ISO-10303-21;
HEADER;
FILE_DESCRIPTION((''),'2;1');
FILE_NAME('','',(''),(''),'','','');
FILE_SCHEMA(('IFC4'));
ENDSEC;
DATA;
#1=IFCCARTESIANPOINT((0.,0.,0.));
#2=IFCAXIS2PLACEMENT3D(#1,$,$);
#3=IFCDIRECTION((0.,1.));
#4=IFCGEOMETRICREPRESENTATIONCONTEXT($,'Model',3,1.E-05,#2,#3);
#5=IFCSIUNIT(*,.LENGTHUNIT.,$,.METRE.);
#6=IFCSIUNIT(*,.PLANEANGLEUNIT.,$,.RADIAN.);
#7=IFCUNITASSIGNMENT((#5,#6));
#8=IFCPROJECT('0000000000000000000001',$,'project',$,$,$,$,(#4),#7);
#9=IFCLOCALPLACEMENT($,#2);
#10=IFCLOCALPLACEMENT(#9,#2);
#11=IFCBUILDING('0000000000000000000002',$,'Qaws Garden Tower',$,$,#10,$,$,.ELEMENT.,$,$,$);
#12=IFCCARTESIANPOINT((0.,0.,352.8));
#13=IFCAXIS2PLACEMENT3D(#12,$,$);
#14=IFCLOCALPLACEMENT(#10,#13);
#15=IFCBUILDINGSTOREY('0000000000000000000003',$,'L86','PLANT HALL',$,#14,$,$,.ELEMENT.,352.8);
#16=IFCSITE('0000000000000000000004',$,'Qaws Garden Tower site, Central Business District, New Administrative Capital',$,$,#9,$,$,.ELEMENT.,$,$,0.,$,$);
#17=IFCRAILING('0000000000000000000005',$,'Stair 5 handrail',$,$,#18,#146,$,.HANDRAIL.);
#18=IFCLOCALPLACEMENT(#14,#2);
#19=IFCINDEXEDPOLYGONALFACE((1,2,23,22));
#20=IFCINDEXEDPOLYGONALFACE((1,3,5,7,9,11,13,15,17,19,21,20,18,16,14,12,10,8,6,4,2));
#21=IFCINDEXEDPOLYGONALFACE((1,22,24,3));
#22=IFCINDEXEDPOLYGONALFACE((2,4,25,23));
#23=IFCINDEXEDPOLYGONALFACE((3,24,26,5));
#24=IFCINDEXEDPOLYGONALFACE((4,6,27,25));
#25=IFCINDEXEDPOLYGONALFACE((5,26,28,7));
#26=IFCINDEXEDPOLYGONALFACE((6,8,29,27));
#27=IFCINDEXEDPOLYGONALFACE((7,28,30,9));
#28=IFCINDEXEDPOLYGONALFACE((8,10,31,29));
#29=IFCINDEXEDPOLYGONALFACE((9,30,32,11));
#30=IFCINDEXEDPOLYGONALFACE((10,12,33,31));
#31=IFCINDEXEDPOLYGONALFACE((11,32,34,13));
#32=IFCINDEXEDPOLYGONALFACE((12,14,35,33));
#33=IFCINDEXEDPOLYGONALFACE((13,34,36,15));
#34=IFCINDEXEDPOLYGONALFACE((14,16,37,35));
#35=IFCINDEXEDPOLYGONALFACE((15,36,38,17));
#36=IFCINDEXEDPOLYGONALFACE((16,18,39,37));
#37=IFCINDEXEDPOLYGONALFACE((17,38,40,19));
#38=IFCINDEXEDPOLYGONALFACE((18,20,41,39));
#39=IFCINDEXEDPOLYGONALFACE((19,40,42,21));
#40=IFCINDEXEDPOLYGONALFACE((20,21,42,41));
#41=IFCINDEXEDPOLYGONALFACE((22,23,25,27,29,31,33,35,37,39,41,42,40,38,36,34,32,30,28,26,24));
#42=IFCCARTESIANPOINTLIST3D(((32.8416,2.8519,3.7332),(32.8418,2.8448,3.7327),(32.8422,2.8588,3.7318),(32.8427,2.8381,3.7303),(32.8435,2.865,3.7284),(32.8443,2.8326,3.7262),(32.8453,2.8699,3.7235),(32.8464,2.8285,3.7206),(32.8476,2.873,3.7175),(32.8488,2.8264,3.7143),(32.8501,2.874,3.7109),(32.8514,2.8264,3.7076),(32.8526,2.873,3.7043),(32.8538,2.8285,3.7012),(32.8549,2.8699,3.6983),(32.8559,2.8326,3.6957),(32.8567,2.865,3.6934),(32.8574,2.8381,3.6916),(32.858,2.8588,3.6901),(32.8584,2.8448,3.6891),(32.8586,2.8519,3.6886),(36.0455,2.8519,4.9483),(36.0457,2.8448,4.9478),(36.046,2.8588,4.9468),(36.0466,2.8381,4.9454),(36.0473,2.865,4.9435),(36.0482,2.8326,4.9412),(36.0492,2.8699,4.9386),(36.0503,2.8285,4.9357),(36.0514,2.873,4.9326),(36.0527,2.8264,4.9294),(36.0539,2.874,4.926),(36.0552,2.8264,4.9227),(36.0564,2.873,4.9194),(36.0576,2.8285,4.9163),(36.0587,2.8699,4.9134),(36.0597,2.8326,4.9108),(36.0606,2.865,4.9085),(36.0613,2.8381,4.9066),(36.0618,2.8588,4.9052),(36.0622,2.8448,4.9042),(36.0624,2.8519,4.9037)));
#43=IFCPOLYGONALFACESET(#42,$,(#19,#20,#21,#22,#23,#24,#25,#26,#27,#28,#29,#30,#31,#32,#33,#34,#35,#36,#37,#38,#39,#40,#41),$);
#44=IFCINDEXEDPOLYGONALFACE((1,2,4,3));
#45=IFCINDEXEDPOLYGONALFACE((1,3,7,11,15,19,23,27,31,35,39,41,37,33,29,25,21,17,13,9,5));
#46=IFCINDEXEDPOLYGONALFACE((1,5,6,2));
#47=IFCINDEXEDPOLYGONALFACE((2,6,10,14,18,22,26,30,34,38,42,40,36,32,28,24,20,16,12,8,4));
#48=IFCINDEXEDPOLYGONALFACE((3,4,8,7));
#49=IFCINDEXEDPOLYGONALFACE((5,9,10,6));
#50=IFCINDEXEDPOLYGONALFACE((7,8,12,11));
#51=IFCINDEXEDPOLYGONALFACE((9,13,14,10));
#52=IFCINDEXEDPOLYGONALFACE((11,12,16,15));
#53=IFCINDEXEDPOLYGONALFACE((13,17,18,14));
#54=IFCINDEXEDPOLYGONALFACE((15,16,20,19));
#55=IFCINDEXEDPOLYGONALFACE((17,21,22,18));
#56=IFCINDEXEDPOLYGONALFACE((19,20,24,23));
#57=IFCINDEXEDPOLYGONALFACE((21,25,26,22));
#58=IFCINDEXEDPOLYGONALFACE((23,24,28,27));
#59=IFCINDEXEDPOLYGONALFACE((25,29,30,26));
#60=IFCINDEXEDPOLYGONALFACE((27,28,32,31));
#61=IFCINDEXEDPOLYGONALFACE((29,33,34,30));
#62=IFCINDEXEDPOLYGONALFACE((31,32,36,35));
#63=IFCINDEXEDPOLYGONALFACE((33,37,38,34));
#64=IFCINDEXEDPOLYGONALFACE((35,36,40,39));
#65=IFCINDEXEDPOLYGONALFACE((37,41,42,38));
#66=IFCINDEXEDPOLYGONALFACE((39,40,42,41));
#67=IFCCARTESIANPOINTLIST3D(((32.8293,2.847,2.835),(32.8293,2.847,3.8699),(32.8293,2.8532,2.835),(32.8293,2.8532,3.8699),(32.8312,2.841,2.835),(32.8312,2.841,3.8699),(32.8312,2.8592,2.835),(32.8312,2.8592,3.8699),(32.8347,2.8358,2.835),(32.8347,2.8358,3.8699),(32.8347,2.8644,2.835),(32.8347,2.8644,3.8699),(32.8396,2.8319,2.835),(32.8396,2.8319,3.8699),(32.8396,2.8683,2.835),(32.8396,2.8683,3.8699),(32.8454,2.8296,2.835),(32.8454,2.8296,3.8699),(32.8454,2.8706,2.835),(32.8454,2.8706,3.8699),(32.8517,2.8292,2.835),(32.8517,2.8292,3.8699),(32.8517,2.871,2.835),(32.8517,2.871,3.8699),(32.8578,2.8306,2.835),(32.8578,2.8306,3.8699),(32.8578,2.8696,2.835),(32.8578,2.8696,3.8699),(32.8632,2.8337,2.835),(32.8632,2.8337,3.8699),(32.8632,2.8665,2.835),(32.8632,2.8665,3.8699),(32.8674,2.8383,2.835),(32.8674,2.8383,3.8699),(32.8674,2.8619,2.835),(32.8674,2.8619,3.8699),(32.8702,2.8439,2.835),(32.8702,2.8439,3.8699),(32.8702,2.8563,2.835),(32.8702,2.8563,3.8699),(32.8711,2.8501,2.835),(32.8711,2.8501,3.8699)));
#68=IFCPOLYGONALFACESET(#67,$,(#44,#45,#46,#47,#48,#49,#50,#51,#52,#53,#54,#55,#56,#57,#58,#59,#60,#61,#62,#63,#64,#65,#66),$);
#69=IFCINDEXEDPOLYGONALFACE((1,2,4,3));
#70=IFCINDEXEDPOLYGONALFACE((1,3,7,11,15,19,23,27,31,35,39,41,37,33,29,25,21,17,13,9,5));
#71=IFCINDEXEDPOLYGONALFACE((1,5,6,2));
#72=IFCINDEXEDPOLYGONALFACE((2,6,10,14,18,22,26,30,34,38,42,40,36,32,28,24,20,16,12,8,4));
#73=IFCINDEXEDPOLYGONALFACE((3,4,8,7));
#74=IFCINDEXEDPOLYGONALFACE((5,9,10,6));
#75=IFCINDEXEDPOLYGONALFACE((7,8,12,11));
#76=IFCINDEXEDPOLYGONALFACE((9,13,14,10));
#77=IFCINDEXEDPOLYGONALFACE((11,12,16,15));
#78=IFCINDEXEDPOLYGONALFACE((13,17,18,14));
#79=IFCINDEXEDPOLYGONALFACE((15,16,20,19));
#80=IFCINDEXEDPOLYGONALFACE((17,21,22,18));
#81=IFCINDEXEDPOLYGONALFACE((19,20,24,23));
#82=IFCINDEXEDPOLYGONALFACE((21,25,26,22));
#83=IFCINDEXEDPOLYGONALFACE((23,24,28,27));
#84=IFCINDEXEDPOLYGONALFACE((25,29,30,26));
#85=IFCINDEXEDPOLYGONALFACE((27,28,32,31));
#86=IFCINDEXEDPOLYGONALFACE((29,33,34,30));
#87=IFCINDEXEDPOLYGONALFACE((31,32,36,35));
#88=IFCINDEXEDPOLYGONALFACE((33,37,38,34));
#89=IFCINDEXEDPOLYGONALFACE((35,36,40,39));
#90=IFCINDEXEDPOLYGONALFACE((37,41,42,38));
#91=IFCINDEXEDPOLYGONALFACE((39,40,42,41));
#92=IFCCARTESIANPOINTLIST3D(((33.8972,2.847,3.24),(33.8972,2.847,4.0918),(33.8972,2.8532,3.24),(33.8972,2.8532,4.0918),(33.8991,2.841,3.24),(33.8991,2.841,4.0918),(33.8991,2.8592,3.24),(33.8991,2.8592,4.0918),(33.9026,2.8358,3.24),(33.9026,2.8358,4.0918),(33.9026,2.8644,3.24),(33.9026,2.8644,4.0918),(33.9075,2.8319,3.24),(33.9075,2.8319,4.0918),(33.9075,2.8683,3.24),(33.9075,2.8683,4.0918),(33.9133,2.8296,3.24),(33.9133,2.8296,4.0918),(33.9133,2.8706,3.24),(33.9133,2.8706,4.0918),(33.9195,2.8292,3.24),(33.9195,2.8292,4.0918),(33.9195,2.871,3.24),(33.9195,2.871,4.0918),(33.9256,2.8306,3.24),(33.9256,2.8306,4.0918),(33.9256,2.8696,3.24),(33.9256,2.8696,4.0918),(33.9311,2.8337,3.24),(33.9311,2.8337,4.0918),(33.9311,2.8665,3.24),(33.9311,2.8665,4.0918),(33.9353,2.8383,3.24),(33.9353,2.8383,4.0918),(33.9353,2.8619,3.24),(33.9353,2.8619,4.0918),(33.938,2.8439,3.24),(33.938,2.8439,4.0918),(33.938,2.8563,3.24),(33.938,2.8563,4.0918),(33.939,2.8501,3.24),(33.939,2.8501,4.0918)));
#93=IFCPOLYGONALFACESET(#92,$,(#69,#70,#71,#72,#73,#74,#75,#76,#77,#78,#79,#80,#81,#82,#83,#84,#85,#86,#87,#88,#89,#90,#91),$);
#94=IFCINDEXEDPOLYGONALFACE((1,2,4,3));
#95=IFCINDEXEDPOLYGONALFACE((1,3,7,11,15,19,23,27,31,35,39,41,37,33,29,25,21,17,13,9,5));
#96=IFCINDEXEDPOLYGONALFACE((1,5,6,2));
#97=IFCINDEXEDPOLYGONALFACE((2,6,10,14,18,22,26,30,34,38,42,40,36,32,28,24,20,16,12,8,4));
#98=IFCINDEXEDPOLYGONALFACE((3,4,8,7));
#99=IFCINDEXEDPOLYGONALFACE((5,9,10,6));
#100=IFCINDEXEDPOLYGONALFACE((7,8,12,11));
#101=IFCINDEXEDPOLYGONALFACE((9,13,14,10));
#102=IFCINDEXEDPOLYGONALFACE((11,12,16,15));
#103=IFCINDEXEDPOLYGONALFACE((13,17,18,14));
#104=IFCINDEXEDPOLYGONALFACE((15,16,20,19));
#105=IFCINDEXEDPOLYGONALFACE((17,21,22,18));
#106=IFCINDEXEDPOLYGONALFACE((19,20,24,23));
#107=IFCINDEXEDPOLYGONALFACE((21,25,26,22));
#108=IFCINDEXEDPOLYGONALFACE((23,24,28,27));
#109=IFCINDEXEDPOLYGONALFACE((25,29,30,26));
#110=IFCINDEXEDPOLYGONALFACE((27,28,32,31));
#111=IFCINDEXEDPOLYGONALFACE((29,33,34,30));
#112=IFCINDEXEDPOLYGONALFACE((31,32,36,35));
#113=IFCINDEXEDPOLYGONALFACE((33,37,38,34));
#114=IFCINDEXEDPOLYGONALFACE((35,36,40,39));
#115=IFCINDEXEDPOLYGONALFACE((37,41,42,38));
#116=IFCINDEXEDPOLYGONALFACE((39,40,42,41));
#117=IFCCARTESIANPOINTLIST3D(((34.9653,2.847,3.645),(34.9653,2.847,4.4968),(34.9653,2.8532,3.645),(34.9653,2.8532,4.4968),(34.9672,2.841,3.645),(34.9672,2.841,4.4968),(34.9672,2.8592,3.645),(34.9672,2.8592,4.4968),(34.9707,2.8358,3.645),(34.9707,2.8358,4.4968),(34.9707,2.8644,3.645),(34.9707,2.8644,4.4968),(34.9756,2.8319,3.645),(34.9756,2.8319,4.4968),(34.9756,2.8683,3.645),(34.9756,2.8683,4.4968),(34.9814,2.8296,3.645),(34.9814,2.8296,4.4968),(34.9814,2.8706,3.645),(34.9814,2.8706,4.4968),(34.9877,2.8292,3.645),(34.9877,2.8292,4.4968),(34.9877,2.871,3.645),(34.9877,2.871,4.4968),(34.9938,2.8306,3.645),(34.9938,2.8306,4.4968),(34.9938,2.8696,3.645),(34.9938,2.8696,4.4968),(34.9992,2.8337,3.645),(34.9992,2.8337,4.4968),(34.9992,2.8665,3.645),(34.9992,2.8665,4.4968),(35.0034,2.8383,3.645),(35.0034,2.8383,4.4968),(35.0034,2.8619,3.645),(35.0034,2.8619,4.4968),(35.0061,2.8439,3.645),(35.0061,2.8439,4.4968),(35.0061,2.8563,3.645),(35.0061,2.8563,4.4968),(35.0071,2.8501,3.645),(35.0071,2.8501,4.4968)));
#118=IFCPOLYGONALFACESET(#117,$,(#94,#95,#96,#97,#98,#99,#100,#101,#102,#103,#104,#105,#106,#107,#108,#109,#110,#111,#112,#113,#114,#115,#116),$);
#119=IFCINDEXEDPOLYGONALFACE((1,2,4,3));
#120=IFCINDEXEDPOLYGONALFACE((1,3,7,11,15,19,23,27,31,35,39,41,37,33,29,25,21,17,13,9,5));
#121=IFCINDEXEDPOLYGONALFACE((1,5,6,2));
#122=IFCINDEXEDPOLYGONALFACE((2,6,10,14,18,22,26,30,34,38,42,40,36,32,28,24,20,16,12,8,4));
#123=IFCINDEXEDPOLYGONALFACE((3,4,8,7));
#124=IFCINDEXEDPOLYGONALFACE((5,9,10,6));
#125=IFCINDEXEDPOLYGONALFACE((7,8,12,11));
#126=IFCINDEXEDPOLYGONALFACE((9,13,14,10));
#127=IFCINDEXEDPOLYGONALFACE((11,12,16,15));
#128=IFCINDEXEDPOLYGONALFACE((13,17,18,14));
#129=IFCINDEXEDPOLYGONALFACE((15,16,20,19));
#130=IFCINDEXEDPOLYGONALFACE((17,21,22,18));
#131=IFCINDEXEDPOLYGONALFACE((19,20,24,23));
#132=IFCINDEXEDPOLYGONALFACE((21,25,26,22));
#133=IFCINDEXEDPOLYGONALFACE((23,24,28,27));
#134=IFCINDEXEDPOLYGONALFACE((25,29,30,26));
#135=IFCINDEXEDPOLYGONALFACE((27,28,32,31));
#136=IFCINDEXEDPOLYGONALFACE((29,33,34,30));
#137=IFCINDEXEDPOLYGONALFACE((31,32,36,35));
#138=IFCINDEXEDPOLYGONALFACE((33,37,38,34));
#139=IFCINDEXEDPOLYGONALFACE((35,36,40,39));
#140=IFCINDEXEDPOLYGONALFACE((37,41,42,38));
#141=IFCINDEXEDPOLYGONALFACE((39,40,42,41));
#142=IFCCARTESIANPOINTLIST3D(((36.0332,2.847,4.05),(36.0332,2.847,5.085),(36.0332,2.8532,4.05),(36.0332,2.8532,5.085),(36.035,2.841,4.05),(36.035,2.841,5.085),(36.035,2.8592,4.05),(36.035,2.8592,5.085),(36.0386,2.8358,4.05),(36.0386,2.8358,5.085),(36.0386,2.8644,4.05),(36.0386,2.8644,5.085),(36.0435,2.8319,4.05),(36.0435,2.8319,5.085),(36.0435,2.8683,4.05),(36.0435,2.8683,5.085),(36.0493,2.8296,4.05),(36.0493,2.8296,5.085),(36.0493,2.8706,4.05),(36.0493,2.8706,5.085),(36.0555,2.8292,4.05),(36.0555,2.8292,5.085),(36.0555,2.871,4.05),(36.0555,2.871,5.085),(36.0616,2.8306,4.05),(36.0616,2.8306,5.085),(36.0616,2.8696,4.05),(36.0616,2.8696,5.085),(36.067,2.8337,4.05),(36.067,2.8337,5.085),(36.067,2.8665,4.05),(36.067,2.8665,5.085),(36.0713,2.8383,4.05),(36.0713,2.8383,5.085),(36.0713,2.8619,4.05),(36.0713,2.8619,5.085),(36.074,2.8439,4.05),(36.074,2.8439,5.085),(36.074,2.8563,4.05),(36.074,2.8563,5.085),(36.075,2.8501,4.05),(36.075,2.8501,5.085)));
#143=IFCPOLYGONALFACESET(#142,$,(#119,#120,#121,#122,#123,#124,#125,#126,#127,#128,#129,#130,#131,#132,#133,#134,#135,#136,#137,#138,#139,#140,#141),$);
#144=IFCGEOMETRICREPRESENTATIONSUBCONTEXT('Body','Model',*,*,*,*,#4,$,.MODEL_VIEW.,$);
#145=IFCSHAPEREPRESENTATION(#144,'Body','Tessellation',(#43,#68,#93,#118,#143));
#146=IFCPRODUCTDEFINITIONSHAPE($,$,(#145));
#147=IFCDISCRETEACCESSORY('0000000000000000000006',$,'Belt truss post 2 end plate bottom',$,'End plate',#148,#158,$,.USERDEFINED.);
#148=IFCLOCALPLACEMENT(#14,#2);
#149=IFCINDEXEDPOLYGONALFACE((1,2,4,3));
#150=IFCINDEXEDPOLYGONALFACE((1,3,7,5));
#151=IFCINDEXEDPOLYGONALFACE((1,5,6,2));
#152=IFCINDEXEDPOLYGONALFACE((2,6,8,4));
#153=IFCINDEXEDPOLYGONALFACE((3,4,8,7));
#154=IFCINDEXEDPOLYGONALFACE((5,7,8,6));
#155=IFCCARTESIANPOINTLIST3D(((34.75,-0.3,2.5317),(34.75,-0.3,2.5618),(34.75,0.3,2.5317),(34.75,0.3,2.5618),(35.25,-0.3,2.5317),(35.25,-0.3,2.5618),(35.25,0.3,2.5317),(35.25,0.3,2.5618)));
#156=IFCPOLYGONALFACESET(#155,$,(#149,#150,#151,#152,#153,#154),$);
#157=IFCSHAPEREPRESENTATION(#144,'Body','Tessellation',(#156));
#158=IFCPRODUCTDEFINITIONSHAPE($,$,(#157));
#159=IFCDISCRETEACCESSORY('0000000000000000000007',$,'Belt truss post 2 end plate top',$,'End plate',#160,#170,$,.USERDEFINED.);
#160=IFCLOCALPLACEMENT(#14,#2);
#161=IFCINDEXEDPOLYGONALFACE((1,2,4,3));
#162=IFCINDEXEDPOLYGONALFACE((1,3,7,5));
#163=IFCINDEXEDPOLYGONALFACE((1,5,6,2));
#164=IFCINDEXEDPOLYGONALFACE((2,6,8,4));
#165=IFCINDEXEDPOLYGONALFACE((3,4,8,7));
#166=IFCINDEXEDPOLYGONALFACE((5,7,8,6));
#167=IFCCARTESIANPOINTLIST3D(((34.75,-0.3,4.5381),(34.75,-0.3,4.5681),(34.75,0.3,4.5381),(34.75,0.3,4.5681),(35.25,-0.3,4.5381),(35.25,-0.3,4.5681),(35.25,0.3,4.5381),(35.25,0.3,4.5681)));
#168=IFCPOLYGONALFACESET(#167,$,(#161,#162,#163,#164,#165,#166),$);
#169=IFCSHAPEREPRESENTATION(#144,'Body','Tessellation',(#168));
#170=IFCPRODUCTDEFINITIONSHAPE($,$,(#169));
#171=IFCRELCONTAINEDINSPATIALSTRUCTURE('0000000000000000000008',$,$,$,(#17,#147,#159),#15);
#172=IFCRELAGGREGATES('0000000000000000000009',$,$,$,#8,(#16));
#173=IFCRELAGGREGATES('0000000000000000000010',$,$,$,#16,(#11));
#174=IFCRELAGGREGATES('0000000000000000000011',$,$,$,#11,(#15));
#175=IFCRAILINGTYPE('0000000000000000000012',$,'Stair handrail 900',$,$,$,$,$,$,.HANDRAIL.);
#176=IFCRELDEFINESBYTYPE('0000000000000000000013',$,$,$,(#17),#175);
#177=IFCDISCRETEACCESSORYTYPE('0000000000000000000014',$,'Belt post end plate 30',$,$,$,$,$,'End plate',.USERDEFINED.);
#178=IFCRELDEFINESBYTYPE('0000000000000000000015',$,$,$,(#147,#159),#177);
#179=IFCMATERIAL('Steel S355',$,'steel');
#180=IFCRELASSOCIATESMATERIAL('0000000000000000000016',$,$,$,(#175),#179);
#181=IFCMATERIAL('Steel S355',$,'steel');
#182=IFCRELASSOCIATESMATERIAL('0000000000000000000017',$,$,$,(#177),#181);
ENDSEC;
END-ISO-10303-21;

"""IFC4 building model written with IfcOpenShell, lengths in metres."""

from ifc_helpers import new_model, si_unit, direction, frame, origin, origin_2d, place, context, subcontext, project, spatial, rectangle, circle, extrude, material, type_object, element, save


model = new_model("IFC4")

# Units and contexts
model_context = context("Model", 3, precision=1e-05, world=origin(), true_north=direction((0.0, 1.0)))
body_context = subcontext(model_context, "Body", "Model", "MODEL_VIEW")
ifc_project = project(units=[si_unit("LENGTHUNIT", "METRE"), si_unit("PLANEANGLEUNIT", "RADIAN")], contexts=[model_context])

# Site, building, storey
site_placement = place(None, origin())
site = spatial("IfcSite", under=ifc_project, at=site_placement, Name="Qaws Garden Tower site, Central Business District, New Administrative Capital", CompositionType="ELEMENT", RefElevation=0.0)
building_placement = place(site_placement, origin())
building = spatial("IfcBuilding", under=site, at=building_placement, Name="Qaws Garden Tower", CompositionType="ELEMENT")
storey_placement = place(building_placement, frame((0.0, 0.0, 352.8)))
storey = spatial("IfcBuildingStorey", under=building, at=storey_placement, Name="L86", Description="PLANT HALL", CompositionType="ELEMENT", Elevation=352.8)

# Railing
ifc_material_1 = material(Name="Steel S355", Category="steel")
railing_type = type_object("IfcRailingType", Name="Stair handrail 900", PredefinedType="HANDRAIL", material=ifc_material_1)
railing_1_placement = place(storey_placement, frame((32.8501, 2.8501, 2.835)))
element("IfcRailing", 1, at=railing_1_placement, inside=storey, type_object=railing_type, Name="Stair 5 handrail", PredefinedType="HANDRAIL", context=body_context, shape_type="SweptSolid", body=[
    extrude(circle(Radius=0.0239, at=origin_2d()), frame((0.0, 0.0, 0.876), z_axis=(0.935014, 0.0, 0.354611), x_axis=(0.0, 1.0, 0.0)), (0.0, 0.0, 1.0), 3.4265),
    extrude(circle(Radius=0.021, at=origin_2d()), origin(), (0.0, 0.0, 1.0), 1.0349),
    extrude(circle(Radius=0.021, at=origin_2d()), frame((1.0679, 0.0, 0.405)), (0.0, 0.0, 1.0), 0.8518),
    extrude(circle(Radius=0.021, at=origin_2d()), frame((2.136, 0.0, 0.8101)), (0.0, 0.0, 1.0), 0.8518),
    extrude(circle(Radius=0.021, at=origin_2d()), frame((3.2039, 0.0, 1.2151)), (0.0, 0.0, 1.0), 1.0349),
])

# Discrete accessories
ifc_material_2 = material(Name="Steel S355", Category="steel")
discrete_accessory_type = type_object("IfcDiscreteAccessoryType", Name="Belt post end plate 30", ElementType="End plate", PredefinedType="USERDEFINED", material=ifc_material_2)
for number, where, z_axis, x_axis, name in (
    (2, (35.0, 0.0, 2.5317), (0.0, 0.0, 1.0), (1.0, 0.0, 0.0), "Belt truss post 2 end plate bottom"),
    (3, (35.0, 0.0, 4.5381), (0.0, 0.0, 1.0), (1.0, 0.0, 0.0), "Belt truss post 2 end plate top"),
):
    element("IfcDiscreteAccessory", number, at=place(storey_placement, frame(where, z_axis=z_axis, x_axis=x_axis)), inside=storey, type_object=discrete_accessory_type, Name=name, ObjectType="End plate", PredefinedType="USERDEFINED", context=body_context, shape_type="SweptSolid", body=[
        extrude(rectangle(XDim=0.5, YDim=0.6001, at=origin_2d()), origin(), (0.0, 0.0, 1.0), 0.03),
    ])

save(model, "model.ifc")
